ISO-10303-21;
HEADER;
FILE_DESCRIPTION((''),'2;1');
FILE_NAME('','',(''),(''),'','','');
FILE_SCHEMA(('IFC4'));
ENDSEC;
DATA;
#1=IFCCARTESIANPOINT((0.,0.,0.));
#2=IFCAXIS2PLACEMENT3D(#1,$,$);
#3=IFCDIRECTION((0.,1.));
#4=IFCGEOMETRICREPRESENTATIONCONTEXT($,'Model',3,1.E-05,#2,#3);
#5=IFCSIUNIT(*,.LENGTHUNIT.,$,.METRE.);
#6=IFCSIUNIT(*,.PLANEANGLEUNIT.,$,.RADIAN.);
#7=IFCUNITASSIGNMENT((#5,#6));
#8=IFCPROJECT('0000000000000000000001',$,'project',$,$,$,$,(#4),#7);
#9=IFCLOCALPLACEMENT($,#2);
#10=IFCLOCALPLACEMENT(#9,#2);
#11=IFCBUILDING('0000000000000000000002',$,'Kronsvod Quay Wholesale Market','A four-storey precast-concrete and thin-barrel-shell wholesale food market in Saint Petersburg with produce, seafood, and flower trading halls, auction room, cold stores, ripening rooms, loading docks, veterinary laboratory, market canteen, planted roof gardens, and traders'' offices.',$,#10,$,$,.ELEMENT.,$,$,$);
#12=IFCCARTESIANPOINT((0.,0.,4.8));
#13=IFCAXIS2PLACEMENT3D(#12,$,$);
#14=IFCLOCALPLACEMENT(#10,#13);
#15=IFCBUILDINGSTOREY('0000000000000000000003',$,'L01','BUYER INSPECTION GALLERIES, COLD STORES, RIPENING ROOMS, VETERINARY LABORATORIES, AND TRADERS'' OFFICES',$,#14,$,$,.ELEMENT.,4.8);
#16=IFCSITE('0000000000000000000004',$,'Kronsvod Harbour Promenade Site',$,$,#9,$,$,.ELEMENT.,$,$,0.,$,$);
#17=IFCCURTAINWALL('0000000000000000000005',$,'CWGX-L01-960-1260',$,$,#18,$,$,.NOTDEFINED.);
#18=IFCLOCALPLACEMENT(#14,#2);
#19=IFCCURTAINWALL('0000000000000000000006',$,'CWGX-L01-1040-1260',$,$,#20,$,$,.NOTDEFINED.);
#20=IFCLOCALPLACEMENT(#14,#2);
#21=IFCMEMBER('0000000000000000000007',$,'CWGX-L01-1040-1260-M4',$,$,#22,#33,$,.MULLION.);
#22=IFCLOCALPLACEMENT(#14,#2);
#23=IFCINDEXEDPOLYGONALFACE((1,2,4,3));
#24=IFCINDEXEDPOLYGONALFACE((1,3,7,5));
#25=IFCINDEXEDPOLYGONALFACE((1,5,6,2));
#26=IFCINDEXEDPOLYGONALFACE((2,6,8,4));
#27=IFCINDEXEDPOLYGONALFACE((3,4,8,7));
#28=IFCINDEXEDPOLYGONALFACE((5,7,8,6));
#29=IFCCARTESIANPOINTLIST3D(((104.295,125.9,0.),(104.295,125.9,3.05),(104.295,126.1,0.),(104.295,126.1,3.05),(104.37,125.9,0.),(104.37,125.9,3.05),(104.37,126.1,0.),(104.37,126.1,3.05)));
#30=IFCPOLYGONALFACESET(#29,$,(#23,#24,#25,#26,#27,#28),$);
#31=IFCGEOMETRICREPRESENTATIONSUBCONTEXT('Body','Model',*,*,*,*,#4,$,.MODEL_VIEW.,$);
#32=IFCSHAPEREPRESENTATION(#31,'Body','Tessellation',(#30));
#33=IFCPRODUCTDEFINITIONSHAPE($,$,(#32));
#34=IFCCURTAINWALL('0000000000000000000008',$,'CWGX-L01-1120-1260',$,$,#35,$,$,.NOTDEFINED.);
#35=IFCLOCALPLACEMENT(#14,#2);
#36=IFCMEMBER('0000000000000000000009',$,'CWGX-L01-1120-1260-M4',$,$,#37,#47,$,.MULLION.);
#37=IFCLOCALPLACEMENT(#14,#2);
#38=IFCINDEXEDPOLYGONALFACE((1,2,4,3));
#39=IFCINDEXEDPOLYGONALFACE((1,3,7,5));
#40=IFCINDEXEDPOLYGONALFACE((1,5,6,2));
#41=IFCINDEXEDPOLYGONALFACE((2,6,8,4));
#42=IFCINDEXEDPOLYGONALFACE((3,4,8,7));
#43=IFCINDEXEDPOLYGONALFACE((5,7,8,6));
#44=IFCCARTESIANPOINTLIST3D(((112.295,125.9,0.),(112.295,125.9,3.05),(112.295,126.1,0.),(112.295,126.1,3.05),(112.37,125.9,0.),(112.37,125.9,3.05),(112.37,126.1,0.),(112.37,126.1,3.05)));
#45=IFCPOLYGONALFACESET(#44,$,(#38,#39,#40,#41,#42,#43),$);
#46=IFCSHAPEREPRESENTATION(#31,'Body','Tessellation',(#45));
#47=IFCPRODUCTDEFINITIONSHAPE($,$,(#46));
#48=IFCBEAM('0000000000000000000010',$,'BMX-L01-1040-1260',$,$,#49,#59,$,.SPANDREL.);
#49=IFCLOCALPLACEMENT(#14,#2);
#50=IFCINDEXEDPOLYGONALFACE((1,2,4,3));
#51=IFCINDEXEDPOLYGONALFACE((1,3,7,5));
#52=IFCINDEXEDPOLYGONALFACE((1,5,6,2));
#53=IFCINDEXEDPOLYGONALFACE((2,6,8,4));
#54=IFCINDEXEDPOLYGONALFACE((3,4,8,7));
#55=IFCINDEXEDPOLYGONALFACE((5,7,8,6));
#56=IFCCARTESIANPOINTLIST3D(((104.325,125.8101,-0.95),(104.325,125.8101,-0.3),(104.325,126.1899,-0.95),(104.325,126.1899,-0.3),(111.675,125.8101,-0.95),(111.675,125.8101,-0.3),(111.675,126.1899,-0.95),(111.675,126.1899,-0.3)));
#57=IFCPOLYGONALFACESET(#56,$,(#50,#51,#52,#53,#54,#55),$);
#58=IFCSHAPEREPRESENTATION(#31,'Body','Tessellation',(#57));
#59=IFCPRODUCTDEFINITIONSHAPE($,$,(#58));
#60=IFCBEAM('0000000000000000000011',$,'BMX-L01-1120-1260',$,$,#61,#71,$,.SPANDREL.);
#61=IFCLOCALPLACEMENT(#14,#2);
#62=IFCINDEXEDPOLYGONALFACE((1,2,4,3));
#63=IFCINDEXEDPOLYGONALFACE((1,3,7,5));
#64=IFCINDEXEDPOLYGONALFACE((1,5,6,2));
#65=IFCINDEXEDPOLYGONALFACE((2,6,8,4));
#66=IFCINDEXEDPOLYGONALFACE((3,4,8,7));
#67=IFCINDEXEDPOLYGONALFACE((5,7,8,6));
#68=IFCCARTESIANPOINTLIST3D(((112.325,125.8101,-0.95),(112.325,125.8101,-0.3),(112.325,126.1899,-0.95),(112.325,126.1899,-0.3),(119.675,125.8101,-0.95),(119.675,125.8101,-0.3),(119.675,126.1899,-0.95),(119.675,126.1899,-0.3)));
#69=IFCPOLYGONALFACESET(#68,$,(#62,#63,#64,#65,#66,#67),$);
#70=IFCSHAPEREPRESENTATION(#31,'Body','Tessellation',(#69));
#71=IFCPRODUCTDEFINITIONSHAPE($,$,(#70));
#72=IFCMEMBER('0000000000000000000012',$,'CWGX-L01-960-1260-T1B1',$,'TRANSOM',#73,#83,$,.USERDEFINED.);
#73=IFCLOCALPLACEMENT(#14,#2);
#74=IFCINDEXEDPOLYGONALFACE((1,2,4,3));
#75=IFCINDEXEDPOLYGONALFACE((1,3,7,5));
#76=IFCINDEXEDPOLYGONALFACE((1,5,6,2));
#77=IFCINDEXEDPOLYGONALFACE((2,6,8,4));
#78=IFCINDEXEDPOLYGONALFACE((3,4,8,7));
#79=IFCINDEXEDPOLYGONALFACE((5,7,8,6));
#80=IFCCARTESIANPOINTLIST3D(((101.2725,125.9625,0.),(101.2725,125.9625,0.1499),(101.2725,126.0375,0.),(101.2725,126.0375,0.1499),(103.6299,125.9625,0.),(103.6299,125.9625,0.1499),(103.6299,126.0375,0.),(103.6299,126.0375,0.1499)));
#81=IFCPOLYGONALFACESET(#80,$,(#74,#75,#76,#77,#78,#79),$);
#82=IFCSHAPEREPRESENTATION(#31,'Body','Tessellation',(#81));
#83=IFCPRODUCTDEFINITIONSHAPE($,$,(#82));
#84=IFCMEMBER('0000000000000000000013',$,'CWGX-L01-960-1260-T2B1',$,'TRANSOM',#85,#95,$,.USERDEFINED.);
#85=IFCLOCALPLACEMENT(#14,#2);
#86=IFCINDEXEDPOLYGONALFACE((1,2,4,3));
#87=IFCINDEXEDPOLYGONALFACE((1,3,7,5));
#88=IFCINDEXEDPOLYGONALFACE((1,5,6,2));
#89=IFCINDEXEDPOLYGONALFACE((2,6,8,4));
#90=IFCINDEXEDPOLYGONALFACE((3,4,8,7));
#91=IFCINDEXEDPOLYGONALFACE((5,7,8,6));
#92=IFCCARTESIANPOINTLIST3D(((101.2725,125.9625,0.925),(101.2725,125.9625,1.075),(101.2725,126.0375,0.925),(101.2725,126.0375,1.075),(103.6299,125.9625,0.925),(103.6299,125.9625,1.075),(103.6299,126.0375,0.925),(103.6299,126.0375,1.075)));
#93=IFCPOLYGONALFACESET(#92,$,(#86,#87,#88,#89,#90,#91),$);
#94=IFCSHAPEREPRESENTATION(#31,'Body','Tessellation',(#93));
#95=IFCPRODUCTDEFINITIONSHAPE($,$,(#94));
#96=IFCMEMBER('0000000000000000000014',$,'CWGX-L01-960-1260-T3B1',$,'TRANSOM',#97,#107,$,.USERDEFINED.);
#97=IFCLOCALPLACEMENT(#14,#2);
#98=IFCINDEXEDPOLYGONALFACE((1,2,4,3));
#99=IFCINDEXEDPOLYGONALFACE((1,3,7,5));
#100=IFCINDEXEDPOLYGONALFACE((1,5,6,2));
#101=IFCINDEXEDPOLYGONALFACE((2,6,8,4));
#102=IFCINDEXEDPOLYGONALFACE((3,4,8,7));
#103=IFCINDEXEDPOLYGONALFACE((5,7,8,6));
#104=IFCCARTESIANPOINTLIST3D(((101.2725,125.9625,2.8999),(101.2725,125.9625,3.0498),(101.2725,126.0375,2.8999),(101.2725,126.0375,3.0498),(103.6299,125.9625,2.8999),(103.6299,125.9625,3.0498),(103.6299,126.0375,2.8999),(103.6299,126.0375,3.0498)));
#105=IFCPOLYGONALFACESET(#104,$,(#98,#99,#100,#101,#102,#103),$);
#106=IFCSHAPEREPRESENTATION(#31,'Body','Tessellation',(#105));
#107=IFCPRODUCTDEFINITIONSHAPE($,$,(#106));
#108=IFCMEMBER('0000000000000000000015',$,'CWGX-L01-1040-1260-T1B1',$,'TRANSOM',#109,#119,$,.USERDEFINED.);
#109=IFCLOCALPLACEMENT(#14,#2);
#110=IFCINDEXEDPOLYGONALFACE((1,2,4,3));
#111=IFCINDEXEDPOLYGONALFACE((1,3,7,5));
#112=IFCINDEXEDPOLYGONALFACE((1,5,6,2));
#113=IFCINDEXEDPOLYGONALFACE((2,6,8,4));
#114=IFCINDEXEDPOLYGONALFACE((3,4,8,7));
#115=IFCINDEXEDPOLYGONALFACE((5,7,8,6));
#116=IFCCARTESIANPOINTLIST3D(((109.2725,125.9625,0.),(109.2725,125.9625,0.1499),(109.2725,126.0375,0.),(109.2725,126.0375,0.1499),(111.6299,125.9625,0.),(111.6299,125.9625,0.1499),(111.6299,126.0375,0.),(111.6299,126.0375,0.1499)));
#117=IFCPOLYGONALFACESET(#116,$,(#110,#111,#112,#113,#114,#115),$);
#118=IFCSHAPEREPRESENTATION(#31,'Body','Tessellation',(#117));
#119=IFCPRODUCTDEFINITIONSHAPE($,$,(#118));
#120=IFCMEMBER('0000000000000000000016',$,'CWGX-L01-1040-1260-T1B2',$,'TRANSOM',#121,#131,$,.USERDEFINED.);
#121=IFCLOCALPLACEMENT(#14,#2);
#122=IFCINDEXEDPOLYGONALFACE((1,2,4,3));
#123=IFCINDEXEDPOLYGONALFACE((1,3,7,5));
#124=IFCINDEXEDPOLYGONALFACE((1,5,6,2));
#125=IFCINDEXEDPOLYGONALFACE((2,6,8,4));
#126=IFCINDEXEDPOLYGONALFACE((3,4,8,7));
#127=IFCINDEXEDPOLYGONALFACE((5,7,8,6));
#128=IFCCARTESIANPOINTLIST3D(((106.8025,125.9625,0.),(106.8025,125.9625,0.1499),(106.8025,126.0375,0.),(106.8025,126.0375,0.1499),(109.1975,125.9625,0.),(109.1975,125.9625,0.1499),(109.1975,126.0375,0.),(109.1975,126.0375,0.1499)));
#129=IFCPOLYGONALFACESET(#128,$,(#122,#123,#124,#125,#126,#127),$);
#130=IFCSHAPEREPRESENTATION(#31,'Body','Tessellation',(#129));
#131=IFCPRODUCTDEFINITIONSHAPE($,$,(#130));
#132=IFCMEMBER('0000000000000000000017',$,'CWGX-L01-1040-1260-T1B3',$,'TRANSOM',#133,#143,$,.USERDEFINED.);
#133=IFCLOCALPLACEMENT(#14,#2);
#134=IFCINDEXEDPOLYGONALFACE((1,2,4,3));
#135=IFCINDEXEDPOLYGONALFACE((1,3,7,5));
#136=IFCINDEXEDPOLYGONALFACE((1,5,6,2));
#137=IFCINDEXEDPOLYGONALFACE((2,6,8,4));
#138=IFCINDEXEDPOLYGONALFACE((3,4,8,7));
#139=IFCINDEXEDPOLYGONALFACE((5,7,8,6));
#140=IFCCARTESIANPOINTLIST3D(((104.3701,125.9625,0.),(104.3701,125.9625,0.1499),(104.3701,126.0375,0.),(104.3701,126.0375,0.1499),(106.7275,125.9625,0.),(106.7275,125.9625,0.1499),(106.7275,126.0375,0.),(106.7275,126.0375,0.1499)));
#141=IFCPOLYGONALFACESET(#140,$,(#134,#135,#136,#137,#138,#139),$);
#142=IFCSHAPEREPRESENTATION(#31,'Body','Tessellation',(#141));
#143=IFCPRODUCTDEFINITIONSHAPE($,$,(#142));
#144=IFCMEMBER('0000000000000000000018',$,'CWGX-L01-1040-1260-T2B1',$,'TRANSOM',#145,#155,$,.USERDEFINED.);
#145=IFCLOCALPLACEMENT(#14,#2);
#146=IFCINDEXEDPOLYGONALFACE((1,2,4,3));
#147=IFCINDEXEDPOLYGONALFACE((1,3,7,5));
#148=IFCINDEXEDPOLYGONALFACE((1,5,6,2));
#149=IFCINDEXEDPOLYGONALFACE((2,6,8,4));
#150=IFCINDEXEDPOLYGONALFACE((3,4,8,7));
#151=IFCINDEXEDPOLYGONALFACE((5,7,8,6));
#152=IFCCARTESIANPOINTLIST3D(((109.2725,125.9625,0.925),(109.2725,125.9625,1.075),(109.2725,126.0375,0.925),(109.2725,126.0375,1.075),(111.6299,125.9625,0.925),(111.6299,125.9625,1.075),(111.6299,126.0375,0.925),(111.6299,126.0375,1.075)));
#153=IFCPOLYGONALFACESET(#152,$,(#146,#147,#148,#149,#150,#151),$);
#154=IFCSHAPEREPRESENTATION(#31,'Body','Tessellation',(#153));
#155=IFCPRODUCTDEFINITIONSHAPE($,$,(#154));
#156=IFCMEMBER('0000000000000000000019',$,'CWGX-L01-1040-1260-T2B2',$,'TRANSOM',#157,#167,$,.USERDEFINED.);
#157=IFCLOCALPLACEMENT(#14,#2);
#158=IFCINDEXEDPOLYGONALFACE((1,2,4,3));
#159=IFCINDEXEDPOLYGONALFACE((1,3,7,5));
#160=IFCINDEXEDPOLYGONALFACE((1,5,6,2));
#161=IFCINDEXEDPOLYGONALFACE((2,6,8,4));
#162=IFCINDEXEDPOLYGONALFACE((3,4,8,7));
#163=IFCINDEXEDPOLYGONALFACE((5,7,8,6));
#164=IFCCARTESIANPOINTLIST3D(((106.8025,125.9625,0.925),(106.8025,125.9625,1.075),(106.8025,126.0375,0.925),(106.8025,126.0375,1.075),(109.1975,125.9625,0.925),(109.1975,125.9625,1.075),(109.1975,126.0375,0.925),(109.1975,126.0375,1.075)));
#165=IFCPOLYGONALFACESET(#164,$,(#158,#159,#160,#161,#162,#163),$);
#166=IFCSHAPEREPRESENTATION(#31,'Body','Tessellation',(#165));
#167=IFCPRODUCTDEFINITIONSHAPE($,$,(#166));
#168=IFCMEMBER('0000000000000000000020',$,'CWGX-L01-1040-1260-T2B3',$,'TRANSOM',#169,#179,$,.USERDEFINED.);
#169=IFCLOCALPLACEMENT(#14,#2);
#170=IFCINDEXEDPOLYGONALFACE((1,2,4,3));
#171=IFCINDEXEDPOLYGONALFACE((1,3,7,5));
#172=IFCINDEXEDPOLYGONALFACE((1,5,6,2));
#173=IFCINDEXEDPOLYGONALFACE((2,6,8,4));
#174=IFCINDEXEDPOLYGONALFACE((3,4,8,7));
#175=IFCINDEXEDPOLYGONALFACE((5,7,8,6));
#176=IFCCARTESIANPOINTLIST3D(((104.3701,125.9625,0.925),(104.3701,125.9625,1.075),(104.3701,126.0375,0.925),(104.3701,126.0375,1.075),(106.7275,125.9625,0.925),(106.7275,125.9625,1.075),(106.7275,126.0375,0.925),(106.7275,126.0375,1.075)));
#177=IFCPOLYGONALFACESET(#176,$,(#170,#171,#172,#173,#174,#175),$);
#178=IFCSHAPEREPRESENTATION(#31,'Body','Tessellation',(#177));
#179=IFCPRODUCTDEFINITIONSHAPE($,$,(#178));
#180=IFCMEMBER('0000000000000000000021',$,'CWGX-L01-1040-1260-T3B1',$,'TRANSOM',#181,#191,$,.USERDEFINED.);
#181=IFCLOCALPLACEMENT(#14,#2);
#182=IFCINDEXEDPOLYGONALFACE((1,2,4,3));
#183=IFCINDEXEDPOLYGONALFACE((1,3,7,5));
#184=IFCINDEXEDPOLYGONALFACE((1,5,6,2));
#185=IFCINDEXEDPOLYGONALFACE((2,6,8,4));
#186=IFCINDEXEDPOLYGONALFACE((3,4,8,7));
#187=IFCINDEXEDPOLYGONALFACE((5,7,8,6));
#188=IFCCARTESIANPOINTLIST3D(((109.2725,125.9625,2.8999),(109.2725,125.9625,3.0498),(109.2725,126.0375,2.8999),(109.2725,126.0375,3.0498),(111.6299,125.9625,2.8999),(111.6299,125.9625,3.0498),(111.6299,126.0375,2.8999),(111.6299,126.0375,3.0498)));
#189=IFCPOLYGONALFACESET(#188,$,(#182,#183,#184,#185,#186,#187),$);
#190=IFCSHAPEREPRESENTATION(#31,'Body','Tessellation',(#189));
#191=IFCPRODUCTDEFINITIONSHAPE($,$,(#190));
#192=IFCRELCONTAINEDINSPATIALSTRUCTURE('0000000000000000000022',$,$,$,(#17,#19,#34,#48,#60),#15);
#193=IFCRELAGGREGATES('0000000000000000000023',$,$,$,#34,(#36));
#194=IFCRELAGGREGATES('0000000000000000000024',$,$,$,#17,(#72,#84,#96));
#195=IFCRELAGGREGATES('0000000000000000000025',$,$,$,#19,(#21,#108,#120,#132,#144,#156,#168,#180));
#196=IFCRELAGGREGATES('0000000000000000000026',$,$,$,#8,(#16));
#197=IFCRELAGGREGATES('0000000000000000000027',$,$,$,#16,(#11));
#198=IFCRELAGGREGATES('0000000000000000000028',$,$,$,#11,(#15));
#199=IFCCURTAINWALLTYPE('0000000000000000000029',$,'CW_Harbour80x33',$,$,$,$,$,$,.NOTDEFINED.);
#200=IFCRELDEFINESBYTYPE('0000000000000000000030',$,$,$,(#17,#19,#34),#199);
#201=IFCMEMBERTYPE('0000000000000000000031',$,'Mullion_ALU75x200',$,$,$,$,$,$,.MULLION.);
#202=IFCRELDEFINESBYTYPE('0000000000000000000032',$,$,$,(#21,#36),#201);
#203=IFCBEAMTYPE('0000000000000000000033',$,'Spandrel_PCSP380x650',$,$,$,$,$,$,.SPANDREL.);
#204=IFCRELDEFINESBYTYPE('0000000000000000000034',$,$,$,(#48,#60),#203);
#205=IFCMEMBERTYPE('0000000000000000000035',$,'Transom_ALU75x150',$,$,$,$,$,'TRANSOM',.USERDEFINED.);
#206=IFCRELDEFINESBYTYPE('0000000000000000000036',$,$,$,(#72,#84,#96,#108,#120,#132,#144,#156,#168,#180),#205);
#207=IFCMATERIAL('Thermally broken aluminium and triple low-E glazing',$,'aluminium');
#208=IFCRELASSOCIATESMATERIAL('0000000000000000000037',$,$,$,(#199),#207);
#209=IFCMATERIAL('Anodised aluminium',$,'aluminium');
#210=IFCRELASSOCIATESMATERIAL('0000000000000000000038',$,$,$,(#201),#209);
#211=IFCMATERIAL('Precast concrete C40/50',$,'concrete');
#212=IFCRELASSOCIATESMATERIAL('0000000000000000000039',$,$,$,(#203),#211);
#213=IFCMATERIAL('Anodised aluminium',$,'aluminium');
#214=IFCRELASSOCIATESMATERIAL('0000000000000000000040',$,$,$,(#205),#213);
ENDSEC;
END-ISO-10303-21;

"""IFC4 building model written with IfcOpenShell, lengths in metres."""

from ifc_helpers import new_model, si_unit, direction, frame, origin, origin_2d, place, context, subcontext, project, spatial, rectangle, extrude, material, material_profile, profile_set, type_object, element, aggregate, save


model = new_model("IFC4")

# Units and contexts
model_context = context("Model", 3, precision=1e-05, world=origin(), true_north=direction((0.0, 1.0)))
body_context = subcontext(model_context, "Body", "Model", "MODEL_VIEW")
ifc_project = project(units=[si_unit("LENGTHUNIT", "METRE"), si_unit("PLANEANGLEUNIT", "RADIAN")], contexts=[model_context])

# Site, building, storey
site_placement = place(None, origin())
site = spatial("IfcSite", under=ifc_project, at=site_placement, Name="Kronsvod Harbour Promenade Site", CompositionType="ELEMENT", RefElevation=0.0)
building_placement = place(site_placement, origin())
building = spatial("IfcBuilding", under=site, at=building_placement, Name="Kronsvod Quay Wholesale Market", Description="A four-storey precast-concrete and thin-barrel-shell wholesale food market in Saint Petersburg with produce, seafood, and flower trading halls, auction room, cold stores, ripening rooms, loading docks, veterinary laboratory, market canteen, planted roof gardens, and traders' offices.", CompositionType="ELEMENT")
storey_placement = place(building_placement, frame((0.0, 0.0, 4.8)))
storey = spatial("IfcBuildingStorey", under=building, at=storey_placement, Name="L01", Description="BUYER INSPECTION GALLERIES, COLD STORES, RIPENING ROOMS, VETERINARY LABORATORIES, AND TRADERS' OFFICES", CompositionType="ELEMENT", Elevation=4.8)

# Curtain wall
ifc_material_1 = material(Name="Thermally broken aluminium and triple low-E glazing", Category="aluminium")
curtain_wall_type = type_object("IfcCurtainWallType", Name="CW_Harbour80x33", PredefinedType="NOTDEFINED", material=ifc_material_1)
curtain_wall_1_placement = place(storey_placement, origin())
curtain_wall_1 = element("IfcCurtainWall", 1, at=curtain_wall_1_placement, inside=storey, type_object=curtain_wall_type, Name="CWGX-L01-960-1260", PredefinedType="NOTDEFINED")
ifc_material_2 = material(Name="Anodised aluminium", Category="aluminium")
ifc_material_profile_1 = material_profile(ifc_material_2, rectangle(XDim=0.075, YDim=0.2, at=origin_2d()), Name="ALUM75x200")
ifc_profile_set_1 = profile_set([ifc_material_profile_1], Name="Anodised aluminium")
member_type_1 = type_object("IfcMemberType", Name="Mullion_ALU75x200", PredefinedType="MULLION", material=ifc_profile_set_1)

# Curtain wall, member
curtain_wall_2_placement = place(storey_placement, origin())
curtain_wall_2 = element("IfcCurtainWall", 2, at=curtain_wall_2_placement, inside=storey, type_object=curtain_wall_type, Name="CWGX-L01-1040-1260", PredefinedType="NOTDEFINED")
member_1_placement = place(storey_placement, frame((104.3325, 126.0, 0.0), z_axis=(0.0, 0.0, 1.0), x_axis=(1.0, 0.0, 0.0)))
member_1 = element("IfcMember", 3, at=member_1_placement, type_object=member_type_1, Name="CWGX-L01-1040-1260-M4", PredefinedType="MULLION", context=body_context, shape_type="SweptSolid", body=[
    extrude(rectangle(XDim=0.075, YDim=0.2, at=origin_2d()), origin(), (0.0, 0.0, 1.0), 3.05),
])

# Curtain wall, member
curtain_wall_3_placement = place(storey_placement, origin())
curtain_wall_3 = element("IfcCurtainWall", 4, at=curtain_wall_3_placement, inside=storey, type_object=curtain_wall_type, Name="CWGX-L01-1120-1260", PredefinedType="NOTDEFINED")
member_2_placement = place(storey_placement, frame((112.3325, 126.0, 0.0), z_axis=(0.0, 0.0, 1.0), x_axis=(1.0, 0.0, 0.0)))
member_2 = element("IfcMember", 5, at=member_2_placement, type_object=member_type_1, Name="CWGX-L01-1120-1260-M4", PredefinedType="MULLION", context=body_context, shape_type="SweptSolid", body=[
    extrude(rectangle(XDim=0.075, YDim=0.2, at=origin_2d()), origin(), (0.0, 0.0, 1.0), 3.05),
])
aggregate(curtain_wall_3, [member_2])

# Beams
ifc_material_3 = material(Name="Precast concrete C40/50", Category="concrete")
ifc_material_profile_2 = material_profile(ifc_material_3, rectangle(XDim=0.3799, YDim=0.6499, at=origin_2d()), Name="SPB-03")
ifc_profile_set_2 = profile_set([ifc_material_profile_2], Name="Precast concrete C40/50")
beam_type_1 = type_object("IfcBeamType", Name="Spandrel_PCSP380x650", PredefinedType="SPANDREL", material=ifc_profile_set_2)
for number, where, z_axis, x_axis, name in (
    (6, (104.325, 126.0, -0.625), (1.0, 0.0, 0.0), (0.0, 1.0, 0.0), "BMX-L01-1040-1260"),
    (7, (112.325, 126.0, -0.625), (1.0, 0.0, 0.0), (0.0, 1.0, 0.0), "BMX-L01-1120-1260"),
):
    element("IfcBeam", number, at=place(storey_placement, frame(where, z_axis=z_axis, x_axis=x_axis)), inside=storey, type_object=beam_type_1, Name=name, PredefinedType="SPANDREL", context=body_context, shape_type="SweptSolid", body=[
        extrude(rectangle(XDim=0.3799, YDim=0.6499, at=origin_2d()), origin(), (0.0, 0.0, 1.0), 7.3501),
    ])

# Members
ifc_material_4 = material(Name="Anodised aluminium", Category="aluminium")
ifc_material_profile_3 = material_profile(ifc_material_4, rectangle(XDim=0.075, YDim=0.1499, at=origin_2d()), Name="ALUT75x150")
ifc_profile_set_3 = profile_set([ifc_material_profile_3], Name="Anodised aluminium")
member_type_2 = type_object("IfcMemberType", Name="Transom_ALU75x150", ElementType="TRANSOM", PredefinedType="USERDEFINED", material=ifc_profile_set_3)
member_3_placement = place(storey_placement, frame((103.6299, 126.0, 0.075), z_axis=(-1.0, 0.0, 0.0), x_axis=(0.0, -1.0, 0.0)))
member_3 = element("IfcMember", 8, at=member_3_placement, type_object=member_type_2, Name="CWGX-L01-960-1260-T1B1", ObjectType="TRANSOM", PredefinedType="USERDEFINED", context=body_context, shape_type="SweptSolid", body=[
    extrude(rectangle(XDim=0.075, YDim=0.1499, at=origin_2d()), origin(), (0.0, 0.0, 1.0), 2.3574),
])
member_4_placement = place(storey_placement, frame((103.6299, 126.0, 1.0), z_axis=(-1.0, 0.0, 0.0), x_axis=(0.0, -1.0, 0.0)))
member_4 = element("IfcMember", 9, at=member_4_placement, type_object=member_type_2, Name="CWGX-L01-960-1260-T2B1", ObjectType="TRANSOM", PredefinedType="USERDEFINED", context=body_context, shape_type="SweptSolid", body=[
    extrude(rectangle(XDim=0.075, YDim=0.1499, at=origin_2d()), origin(), (0.0, 0.0, 1.0), 2.3574),
])
member_5_placement = place(storey_placement, frame((103.6299, 126.0, 2.9749), z_axis=(-1.0, 0.0, 0.0), x_axis=(0.0, -1.0, 0.0)))
member_5 = element("IfcMember", 10, at=member_5_placement, type_object=member_type_2, Name="CWGX-L01-960-1260-T3B1", ObjectType="TRANSOM", PredefinedType="USERDEFINED", context=body_context, shape_type="SweptSolid", body=[
    extrude(rectangle(XDim=0.075, YDim=0.1499, at=origin_2d()), origin(), (0.0, 0.0, 1.0), 2.3574),
])
aggregate(curtain_wall_1, [member_3, member_4, member_5])
member_6_placement = place(storey_placement, frame((111.6299, 126.0, 0.075), z_axis=(-1.0, 0.0, 0.0), x_axis=(0.0, -1.0, 0.0)))
member_6 = element("IfcMember", 11, at=member_6_placement, type_object=member_type_2, Name="CWGX-L01-1040-1260-T1B1", ObjectType="TRANSOM", PredefinedType="USERDEFINED", context=body_context, shape_type="SweptSolid", body=[
    extrude(rectangle(XDim=0.075, YDim=0.1499, at=origin_2d()), origin(), (0.0, 0.0, 1.0), 2.3574),
])
member_7_placement = place(storey_placement, frame((109.1975, 126.0, 0.075), z_axis=(-1.0, 0.0, 0.0), x_axis=(0.0, -1.0, 0.0)))
member_7 = element("IfcMember", 12, at=member_7_placement, type_object=member_type_2, Name="CWGX-L01-1040-1260-T1B2", ObjectType="TRANSOM", PredefinedType="USERDEFINED", context=body_context, shape_type="SweptSolid", body=[
    extrude(rectangle(XDim=0.075, YDim=0.1499, at=origin_2d()), origin(), (0.0, 0.0, 1.0), 2.395),
])
member_8_placement = place(storey_placement, frame((106.7275, 126.0, 0.075), z_axis=(-1.0, 0.0, 0.0), x_axis=(0.0, -1.0, 0.0)))
member_8 = element("IfcMember", 13, at=member_8_placement, type_object=member_type_2, Name="CWGX-L01-1040-1260-T1B3", ObjectType="TRANSOM", PredefinedType="USERDEFINED", context=body_context, shape_type="SweptSolid", body=[
    extrude(rectangle(XDim=0.075, YDim=0.1499, at=origin_2d()), origin(), (0.0, 0.0, 1.0), 2.3574),
])
member_9_placement = place(storey_placement, frame((111.6299, 126.0, 1.0), z_axis=(-1.0, 0.0, 0.0), x_axis=(0.0, -1.0, 0.0)))
member_9 = element("IfcMember", 14, at=member_9_placement, type_object=member_type_2, Name="CWGX-L01-1040-1260-T2B1", ObjectType="TRANSOM", PredefinedType="USERDEFINED", context=body_context, shape_type="SweptSolid", body=[
    extrude(rectangle(XDim=0.075, YDim=0.1499, at=origin_2d()), origin(), (0.0, 0.0, 1.0), 2.3574),
])
member_10_placement = place(storey_placement, frame((109.1975, 126.0, 1.0), z_axis=(-1.0, 0.0, 0.0), x_axis=(0.0, -1.0, 0.0)))
member_10 = element("IfcMember", 15, at=member_10_placement, type_object=member_type_2, Name="CWGX-L01-1040-1260-T2B2", ObjectType="TRANSOM", PredefinedType="USERDEFINED", context=body_context, shape_type="SweptSolid", body=[
    extrude(rectangle(XDim=0.075, YDim=0.1499, at=origin_2d()), origin(), (0.0, 0.0, 1.0), 2.395),
])
member_11_placement = place(storey_placement, frame((106.7275, 126.0, 1.0), z_axis=(-1.0, 0.0, 0.0), x_axis=(0.0, -1.0, 0.0)))
member_11 = element("IfcMember", 16, at=member_11_placement, type_object=member_type_2, Name="CWGX-L01-1040-1260-T2B3", ObjectType="TRANSOM", PredefinedType="USERDEFINED", context=body_context, shape_type="SweptSolid", body=[
    extrude(rectangle(XDim=0.075, YDim=0.1499, at=origin_2d()), origin(), (0.0, 0.0, 1.0), 2.3574),
])
member_12_placement = place(storey_placement, frame((111.6299, 126.0, 2.9749), z_axis=(-1.0, 0.0, 0.0), x_axis=(0.0, -1.0, 0.0)))
member_12 = element("IfcMember", 17, at=member_12_placement, type_object=member_type_2, Name="CWGX-L01-1040-1260-T3B1", ObjectType="TRANSOM", PredefinedType="USERDEFINED", context=body_context, shape_type="SweptSolid", body=[
    extrude(rectangle(XDim=0.075, YDim=0.1499, at=origin_2d()), origin(), (0.0, 0.0, 1.0), 2.3574),
])

aggregate(curtain_wall_2, [member_1, member_6, member_7, member_8, member_9, member_10, member_11, member_12])

save(model, "model.ifc")
